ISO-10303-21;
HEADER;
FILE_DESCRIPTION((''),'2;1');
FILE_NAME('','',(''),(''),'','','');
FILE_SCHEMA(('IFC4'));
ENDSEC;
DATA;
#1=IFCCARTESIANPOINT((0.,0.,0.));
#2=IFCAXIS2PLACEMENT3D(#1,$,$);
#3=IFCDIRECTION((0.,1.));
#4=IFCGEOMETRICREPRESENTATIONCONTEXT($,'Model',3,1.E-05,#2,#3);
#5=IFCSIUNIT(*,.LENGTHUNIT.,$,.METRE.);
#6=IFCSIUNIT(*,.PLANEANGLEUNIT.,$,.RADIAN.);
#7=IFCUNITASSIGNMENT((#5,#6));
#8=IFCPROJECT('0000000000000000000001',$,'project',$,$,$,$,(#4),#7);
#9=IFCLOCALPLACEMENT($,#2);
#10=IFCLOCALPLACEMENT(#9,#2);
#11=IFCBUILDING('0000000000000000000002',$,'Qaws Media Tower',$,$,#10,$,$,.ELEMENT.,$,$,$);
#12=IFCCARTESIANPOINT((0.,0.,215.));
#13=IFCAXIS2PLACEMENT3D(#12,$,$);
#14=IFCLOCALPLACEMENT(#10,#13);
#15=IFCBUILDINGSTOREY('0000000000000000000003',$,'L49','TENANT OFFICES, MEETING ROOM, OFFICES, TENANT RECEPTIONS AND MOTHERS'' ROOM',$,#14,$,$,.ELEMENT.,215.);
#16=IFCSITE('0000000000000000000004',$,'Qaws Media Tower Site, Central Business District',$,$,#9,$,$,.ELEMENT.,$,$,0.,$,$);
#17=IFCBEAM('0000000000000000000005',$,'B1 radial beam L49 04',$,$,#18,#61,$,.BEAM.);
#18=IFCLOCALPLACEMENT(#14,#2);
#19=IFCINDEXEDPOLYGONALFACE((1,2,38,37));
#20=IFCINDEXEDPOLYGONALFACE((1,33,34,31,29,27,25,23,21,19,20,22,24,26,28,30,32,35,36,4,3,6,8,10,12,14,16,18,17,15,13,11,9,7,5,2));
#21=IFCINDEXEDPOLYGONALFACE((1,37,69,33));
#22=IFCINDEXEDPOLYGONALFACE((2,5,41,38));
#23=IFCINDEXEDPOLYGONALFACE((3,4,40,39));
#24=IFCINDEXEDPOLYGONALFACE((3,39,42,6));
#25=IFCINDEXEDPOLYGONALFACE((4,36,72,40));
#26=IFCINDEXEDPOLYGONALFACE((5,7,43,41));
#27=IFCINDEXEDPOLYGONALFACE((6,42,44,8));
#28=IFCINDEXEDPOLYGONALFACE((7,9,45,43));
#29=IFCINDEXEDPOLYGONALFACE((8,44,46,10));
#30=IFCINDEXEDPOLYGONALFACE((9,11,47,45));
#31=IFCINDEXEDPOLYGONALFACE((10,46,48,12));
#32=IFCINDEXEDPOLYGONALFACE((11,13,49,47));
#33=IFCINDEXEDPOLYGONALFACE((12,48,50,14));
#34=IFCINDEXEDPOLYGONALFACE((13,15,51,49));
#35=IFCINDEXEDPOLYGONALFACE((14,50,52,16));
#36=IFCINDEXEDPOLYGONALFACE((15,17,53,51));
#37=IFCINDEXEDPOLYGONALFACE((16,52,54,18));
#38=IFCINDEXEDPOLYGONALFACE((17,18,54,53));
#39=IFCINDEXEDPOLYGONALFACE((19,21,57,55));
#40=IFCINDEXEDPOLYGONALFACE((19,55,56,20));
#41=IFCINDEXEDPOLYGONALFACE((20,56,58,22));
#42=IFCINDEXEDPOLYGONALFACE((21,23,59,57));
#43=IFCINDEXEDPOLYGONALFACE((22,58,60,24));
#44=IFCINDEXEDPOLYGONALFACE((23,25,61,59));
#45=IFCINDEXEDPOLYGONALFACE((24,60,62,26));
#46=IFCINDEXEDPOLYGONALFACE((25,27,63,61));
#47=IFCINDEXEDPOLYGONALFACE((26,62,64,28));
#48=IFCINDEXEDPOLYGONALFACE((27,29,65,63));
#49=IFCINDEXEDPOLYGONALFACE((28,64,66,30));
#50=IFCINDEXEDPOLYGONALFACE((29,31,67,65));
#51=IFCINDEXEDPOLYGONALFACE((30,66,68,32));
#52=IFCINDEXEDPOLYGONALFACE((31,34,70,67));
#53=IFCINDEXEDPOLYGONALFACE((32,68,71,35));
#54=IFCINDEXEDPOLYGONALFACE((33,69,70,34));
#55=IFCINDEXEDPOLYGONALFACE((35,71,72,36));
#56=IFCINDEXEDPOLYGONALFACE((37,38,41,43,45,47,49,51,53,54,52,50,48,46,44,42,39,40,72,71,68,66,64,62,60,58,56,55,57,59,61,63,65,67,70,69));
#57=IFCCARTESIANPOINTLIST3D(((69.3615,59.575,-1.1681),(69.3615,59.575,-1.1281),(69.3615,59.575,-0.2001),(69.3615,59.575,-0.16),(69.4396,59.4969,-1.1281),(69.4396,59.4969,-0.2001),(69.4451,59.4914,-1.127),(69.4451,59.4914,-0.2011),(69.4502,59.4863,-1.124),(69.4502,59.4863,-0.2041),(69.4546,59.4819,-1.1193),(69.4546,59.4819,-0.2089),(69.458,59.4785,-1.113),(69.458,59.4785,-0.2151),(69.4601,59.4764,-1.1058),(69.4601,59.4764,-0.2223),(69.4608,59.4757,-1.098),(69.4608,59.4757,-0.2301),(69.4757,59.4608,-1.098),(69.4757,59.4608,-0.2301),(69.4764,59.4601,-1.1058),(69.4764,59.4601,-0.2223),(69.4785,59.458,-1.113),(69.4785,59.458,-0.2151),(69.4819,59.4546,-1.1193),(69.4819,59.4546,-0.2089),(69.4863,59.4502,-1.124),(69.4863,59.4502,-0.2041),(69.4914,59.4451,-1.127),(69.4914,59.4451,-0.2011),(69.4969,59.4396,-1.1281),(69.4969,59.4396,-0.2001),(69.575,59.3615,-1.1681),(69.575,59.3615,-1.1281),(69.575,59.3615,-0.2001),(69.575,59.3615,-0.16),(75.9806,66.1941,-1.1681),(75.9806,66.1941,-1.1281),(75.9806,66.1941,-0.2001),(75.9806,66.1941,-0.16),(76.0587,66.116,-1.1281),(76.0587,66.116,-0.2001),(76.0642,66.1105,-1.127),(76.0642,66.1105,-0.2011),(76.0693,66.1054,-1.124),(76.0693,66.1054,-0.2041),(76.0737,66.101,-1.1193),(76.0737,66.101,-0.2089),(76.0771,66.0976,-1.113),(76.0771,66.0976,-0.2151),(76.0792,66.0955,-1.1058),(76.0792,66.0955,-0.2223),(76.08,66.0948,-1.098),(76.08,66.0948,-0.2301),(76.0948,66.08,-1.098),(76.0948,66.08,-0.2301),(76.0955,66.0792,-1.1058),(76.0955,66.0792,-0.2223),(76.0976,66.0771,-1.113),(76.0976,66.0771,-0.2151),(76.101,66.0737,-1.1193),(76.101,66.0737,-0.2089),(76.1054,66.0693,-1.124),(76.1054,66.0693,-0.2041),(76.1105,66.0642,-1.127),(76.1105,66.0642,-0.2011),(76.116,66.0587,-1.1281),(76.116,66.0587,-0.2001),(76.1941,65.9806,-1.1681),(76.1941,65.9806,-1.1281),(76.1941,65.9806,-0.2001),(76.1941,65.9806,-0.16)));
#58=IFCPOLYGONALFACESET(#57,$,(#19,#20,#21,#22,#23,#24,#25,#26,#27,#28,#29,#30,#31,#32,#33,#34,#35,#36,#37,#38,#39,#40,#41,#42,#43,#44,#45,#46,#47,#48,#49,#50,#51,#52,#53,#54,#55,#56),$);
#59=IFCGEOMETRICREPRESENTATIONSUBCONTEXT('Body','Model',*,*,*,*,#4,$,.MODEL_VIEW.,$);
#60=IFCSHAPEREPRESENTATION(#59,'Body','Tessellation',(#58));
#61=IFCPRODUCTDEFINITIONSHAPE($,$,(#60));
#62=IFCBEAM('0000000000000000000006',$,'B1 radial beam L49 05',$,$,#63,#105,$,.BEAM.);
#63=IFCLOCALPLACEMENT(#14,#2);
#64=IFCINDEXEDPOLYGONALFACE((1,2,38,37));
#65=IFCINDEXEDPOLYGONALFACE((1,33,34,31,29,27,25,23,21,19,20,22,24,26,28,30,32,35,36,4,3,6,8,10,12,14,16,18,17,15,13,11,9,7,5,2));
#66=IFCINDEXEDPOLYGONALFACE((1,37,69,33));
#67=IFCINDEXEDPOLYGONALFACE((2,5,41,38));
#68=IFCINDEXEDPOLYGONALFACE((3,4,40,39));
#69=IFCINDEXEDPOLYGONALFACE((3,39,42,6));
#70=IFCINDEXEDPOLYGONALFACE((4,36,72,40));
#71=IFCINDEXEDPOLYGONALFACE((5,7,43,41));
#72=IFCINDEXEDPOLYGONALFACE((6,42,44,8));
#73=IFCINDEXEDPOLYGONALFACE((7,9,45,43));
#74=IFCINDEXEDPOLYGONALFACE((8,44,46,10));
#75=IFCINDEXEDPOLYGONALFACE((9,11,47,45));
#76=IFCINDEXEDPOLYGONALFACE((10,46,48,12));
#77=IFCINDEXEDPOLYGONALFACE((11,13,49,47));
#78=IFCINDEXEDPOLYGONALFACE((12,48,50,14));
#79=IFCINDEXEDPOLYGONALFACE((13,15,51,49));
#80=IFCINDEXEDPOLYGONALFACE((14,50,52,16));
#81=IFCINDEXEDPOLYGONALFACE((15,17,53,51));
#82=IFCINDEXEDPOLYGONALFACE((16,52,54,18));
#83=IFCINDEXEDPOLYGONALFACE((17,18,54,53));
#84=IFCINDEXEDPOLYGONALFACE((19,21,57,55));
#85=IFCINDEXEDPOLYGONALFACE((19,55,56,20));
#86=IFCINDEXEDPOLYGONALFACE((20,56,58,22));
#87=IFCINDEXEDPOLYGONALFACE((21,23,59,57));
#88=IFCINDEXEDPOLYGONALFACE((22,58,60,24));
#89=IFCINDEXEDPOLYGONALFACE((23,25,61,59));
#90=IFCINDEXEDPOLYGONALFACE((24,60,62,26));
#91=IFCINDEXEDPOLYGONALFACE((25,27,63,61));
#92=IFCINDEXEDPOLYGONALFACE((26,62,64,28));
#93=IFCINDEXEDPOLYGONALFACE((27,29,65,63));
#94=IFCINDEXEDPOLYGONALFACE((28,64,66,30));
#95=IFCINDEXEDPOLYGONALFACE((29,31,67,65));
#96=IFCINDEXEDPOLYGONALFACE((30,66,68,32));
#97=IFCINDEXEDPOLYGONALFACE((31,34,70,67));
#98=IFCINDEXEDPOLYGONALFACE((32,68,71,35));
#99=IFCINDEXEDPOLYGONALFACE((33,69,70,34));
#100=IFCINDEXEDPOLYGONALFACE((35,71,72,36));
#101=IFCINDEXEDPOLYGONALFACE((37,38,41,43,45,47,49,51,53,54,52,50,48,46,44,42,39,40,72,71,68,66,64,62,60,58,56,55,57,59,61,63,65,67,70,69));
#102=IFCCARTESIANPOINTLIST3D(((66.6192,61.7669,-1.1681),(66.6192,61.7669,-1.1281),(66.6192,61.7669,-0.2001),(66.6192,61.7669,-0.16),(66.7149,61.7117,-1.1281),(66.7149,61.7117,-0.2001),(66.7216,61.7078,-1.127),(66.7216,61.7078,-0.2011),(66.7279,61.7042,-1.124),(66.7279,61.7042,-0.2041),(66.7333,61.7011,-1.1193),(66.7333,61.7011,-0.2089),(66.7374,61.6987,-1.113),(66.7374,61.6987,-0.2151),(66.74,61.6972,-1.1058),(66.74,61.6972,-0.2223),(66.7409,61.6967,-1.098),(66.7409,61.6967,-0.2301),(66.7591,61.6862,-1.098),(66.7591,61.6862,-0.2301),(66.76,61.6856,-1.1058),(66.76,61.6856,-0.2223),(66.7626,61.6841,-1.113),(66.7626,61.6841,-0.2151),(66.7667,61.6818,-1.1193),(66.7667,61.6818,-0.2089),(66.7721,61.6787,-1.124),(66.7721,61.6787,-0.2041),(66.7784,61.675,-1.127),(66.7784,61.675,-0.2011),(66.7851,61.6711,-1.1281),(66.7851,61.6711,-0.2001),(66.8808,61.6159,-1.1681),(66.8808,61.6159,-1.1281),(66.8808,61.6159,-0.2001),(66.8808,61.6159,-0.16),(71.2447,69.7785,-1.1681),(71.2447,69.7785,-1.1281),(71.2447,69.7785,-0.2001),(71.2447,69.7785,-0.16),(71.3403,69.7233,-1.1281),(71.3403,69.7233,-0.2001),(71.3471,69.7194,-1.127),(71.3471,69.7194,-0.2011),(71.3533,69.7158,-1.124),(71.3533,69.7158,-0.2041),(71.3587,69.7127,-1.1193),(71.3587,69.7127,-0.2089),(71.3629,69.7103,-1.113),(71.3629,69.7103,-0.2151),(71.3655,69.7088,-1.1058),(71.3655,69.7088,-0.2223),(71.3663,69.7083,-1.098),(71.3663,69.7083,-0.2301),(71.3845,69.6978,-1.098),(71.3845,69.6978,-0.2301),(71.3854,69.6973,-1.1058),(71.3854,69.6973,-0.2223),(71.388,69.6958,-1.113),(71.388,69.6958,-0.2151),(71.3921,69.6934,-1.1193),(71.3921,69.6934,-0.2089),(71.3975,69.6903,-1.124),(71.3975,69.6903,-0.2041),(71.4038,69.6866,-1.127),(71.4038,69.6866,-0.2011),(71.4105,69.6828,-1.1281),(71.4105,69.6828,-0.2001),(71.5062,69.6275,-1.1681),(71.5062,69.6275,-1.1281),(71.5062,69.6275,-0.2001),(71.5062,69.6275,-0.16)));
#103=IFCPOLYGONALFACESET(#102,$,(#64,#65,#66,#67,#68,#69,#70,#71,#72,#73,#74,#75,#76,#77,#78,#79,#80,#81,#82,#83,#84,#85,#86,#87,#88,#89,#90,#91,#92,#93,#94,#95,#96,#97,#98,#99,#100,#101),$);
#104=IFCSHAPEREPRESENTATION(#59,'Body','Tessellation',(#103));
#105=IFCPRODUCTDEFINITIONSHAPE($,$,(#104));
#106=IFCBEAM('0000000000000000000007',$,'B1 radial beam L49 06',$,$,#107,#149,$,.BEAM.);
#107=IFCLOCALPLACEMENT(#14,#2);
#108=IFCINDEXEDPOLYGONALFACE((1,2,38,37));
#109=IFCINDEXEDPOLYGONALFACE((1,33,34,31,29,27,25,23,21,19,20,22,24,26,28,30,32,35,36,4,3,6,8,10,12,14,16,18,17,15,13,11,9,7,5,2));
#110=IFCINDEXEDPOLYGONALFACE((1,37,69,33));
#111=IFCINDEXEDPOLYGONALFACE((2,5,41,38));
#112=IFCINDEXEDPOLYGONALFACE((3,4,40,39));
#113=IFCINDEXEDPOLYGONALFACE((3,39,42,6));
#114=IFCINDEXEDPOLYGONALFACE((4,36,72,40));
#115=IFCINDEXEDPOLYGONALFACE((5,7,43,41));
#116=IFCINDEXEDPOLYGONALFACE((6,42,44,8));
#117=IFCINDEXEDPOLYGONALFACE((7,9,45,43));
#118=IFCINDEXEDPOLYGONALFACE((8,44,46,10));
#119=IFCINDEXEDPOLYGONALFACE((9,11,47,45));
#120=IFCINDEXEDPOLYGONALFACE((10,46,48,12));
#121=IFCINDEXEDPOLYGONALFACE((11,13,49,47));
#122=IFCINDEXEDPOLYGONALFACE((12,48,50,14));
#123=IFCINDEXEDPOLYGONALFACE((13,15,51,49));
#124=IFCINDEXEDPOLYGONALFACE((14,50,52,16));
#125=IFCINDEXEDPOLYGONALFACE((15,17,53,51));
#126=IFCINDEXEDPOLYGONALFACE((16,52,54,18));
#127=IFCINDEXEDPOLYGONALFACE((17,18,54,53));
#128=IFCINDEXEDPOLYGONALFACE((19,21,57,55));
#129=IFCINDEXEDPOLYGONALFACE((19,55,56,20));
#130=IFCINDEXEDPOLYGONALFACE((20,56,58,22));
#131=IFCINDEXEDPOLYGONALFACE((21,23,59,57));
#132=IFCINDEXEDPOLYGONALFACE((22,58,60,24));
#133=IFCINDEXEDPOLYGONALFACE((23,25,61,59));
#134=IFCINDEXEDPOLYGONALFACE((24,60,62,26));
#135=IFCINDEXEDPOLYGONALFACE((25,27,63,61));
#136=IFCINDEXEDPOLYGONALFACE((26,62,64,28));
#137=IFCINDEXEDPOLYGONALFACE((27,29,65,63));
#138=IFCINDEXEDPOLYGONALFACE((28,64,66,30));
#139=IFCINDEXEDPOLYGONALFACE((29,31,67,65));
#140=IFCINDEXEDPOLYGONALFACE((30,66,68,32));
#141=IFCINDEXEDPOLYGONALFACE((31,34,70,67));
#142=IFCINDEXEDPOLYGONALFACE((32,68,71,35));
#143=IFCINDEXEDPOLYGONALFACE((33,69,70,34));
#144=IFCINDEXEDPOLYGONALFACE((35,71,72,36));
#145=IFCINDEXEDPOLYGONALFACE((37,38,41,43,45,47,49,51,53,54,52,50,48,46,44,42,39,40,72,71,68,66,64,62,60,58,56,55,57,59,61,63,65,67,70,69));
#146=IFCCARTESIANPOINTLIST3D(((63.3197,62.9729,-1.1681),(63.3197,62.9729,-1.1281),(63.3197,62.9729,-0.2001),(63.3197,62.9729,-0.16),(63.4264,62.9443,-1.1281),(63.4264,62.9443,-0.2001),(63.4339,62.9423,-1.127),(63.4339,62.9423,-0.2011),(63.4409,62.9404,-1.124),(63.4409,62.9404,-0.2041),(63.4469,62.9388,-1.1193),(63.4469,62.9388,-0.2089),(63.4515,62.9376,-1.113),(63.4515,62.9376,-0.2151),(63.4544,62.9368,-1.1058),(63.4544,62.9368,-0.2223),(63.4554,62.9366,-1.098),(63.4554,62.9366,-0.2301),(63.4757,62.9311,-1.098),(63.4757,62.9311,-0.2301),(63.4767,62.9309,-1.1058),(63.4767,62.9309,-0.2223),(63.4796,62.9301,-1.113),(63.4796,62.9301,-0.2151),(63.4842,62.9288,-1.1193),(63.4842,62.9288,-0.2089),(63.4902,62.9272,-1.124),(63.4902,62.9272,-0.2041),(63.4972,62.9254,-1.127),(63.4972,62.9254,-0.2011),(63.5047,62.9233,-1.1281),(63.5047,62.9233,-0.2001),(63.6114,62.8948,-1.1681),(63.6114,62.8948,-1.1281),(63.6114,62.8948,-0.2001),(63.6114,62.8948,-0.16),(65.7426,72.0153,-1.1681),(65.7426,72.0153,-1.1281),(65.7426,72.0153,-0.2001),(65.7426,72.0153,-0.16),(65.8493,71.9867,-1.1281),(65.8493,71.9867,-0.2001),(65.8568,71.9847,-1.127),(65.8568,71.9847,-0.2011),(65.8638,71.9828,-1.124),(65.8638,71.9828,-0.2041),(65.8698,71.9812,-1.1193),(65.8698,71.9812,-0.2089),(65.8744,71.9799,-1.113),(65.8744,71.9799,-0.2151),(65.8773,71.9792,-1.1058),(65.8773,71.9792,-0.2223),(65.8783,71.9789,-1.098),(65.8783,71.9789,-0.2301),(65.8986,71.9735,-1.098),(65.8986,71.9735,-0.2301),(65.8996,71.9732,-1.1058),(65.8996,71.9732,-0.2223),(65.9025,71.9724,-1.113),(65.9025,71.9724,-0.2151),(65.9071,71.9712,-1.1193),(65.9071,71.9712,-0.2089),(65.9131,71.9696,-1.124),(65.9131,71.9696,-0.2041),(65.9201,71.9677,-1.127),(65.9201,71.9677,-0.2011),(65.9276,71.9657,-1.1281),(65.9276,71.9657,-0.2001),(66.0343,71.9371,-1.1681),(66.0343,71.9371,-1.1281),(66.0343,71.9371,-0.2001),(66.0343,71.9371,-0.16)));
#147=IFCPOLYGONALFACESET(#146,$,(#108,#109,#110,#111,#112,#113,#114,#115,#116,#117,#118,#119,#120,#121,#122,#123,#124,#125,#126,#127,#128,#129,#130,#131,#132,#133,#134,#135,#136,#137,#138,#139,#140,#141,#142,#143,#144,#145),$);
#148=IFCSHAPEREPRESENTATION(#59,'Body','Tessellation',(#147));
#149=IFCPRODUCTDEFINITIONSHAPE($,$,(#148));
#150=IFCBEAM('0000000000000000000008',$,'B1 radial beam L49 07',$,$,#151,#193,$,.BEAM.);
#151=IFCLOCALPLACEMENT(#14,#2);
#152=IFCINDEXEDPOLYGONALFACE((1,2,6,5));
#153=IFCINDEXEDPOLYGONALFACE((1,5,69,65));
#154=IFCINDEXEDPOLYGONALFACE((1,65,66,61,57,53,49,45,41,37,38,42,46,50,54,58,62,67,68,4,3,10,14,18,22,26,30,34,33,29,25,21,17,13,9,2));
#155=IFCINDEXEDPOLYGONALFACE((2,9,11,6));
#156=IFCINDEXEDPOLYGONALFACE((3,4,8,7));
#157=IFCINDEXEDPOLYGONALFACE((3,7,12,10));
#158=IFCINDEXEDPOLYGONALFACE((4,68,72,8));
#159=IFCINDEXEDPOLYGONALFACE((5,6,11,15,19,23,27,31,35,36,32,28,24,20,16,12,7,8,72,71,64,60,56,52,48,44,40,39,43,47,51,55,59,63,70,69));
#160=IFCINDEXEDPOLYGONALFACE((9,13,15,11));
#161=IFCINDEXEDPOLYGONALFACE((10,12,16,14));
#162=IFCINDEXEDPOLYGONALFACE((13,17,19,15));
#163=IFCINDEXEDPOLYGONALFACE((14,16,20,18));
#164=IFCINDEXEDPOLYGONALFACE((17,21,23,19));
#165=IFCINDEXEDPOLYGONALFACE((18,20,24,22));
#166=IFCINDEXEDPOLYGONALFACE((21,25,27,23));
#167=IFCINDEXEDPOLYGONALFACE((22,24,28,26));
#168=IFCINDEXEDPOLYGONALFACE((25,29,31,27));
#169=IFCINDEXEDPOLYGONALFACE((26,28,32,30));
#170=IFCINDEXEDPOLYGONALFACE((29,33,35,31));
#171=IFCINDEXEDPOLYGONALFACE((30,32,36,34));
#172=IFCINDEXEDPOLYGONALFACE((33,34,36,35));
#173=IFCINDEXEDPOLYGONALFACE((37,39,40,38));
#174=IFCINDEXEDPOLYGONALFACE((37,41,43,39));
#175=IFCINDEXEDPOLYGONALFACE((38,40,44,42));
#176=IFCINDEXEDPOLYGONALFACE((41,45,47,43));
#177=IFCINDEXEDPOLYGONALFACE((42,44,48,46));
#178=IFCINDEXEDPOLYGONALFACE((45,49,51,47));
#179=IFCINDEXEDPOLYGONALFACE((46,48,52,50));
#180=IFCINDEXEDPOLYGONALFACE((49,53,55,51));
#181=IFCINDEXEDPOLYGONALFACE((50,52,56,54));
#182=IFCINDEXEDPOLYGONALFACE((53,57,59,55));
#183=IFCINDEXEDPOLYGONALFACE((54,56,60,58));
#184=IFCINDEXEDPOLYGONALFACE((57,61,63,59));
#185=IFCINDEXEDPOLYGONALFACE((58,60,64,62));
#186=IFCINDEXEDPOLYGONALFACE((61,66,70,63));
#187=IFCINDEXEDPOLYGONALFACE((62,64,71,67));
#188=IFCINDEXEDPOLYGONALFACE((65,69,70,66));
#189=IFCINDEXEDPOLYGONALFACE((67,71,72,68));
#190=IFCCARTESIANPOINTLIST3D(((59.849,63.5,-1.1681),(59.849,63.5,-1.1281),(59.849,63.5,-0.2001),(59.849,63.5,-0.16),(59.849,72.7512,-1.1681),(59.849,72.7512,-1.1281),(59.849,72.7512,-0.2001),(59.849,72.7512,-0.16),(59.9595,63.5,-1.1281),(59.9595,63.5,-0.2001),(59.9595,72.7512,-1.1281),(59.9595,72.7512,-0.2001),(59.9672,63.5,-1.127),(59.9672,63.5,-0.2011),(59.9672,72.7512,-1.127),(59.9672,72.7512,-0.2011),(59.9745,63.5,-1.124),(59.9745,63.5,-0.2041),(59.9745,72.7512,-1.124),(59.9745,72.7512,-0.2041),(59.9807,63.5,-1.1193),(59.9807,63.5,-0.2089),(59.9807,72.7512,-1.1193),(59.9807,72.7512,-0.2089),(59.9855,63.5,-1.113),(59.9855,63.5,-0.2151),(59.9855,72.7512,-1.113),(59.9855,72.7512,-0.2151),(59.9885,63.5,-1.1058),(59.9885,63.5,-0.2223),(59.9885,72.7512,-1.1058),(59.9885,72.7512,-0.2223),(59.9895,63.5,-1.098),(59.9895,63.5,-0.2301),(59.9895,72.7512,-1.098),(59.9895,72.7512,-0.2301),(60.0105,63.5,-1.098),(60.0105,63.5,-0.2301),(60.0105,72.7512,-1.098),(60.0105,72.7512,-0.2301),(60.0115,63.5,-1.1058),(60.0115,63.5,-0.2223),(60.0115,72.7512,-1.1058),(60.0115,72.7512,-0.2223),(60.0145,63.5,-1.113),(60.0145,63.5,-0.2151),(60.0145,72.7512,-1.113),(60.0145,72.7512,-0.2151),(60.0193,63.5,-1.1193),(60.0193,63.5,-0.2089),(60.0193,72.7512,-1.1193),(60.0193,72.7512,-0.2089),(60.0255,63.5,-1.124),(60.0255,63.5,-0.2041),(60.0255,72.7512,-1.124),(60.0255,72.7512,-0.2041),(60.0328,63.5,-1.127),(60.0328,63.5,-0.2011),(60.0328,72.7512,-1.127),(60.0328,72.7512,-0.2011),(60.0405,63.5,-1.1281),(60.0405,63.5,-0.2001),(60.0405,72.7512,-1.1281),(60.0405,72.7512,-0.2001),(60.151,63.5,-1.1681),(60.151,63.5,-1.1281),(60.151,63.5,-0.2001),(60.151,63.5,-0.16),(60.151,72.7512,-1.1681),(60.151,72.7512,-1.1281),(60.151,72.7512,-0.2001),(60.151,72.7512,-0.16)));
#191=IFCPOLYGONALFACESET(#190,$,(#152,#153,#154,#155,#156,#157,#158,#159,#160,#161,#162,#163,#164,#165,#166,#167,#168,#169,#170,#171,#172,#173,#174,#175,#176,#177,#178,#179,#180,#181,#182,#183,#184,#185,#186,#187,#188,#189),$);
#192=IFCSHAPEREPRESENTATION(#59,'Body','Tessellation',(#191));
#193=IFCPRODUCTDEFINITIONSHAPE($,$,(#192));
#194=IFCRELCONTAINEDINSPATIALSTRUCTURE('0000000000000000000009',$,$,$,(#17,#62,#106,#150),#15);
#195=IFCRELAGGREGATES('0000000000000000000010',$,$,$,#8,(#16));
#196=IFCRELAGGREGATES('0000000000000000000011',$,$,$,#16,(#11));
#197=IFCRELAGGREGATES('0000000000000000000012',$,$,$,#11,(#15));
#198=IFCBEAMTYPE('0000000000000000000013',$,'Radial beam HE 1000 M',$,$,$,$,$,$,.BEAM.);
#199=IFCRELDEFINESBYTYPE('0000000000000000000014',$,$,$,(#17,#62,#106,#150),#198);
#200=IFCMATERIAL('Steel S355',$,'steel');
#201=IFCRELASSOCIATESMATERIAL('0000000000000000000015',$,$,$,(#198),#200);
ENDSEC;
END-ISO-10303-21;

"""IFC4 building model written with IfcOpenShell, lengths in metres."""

from ifc_helpers import new_model, si_unit, direction, frame, origin, origin_2d, place, context, subcontext, project, spatial, i_section, extrude, material, material_profile, profile_set, type_object, element, save


model = new_model("IFC4")

# Units and contexts
model_context = context("Model", 3, precision=1e-05, world=origin(), true_north=direction((0.0, 1.0)))
body_context = subcontext(model_context, "Body", "Model", "MODEL_VIEW")
ifc_project = project(units=[si_unit("LENGTHUNIT", "METRE"), si_unit("PLANEANGLEUNIT", "RADIAN")], contexts=[model_context])

# Site, building, storey
site_placement = place(None, origin())
site = spatial("IfcSite", under=ifc_project, at=site_placement, Name="Qaws Media Tower Site, Central Business District", CompositionType="ELEMENT", RefElevation=0.0)
building_placement = place(site_placement, origin())
building = spatial("IfcBuilding", under=site, at=building_placement, Name="Qaws Media Tower", CompositionType="ELEMENT")
storey_placement = place(building_placement, frame((0.0, 0.0, 215.0)))
storey = spatial("IfcBuildingStorey", under=building, at=storey_placement, Name="L49", Description="TENANT OFFICES, MEETING ROOM, OFFICES, TENANT RECEPTIONS AND MOTHERS' ROOM", CompositionType="ELEMENT", Elevation=215.0)

# Beams
ifc_material_1 = material(Name="Steel S355", Category="steel")
ifc_material_profile_1 = material_profile(ifc_material_1, i_section(OverallWidth=0.302, OverallDepth=1.0081, WebThickness=0.021, FlangeThickness=0.04, FilletRadius=0.03, at=origin_2d()), Name="HE 1000 M")
ifc_profile_set_1 = profile_set([ifc_material_profile_1], Name="Steel S355")
beam_type_1 = type_object("IfcBeamType", Name="Radial beam HE 1000 M", PredefinedType="BEAM", material=ifc_profile_set_1)
beam_1_placement = place(storey_placement, frame((69.4683, 59.4683, -0.6641), z_axis=(0.707107, 0.707107, 0.0), x_axis=(-0.707107, 0.707107, 0.0)))
element("IfcBeam", 1, at=beam_1_placement, inside=storey, type_object=beam_type_1, Name="B1 radial beam L49 04", PredefinedType="BEAM", context=body_context, shape_type="SweptSolid", body=[
    extrude(i_section(OverallWidth=0.302, OverallDepth=1.0081, WebThickness=0.021, FlangeThickness=0.04, FilletRadius=0.03, at=origin_2d()), origin(), (0.0, 0.0, 1.0), 9.3608),
])
beam_2_placement = place(storey_placement, frame((66.75, 61.6914, -0.6641), z_axis=(0.499994, 0.866029, 0.0), x_axis=(-0.866029, 0.499994, 0.0)))
element("IfcBeam", 2, at=beam_2_placement, inside=storey, type_object=beam_type_1, Name="B1 radial beam L49 05", PredefinedType="BEAM", context=body_context, shape_type="SweptSolid", body=[
    extrude(i_section(OverallWidth=0.302, OverallDepth=1.0081, WebThickness=0.021, FlangeThickness=0.04, FilletRadius=0.03, at=origin_2d()), origin(), (0.0, 0.0, 1.0), 9.251),
])
beam_3_placement = place(storey_placement, frame((63.4656, 62.9338, -0.6641), z_axis=(0.258818, 0.965926, 0.0), x_axis=(-0.965926, 0.258818, 0.0)))
element("IfcBeam", 3, at=beam_3_placement, inside=storey, type_object=beam_type_1, Name="B1 radial beam L49 06", PredefinedType="BEAM", context=body_context, shape_type="SweptSolid", body=[
    extrude(i_section(OverallWidth=0.302, OverallDepth=1.0081, WebThickness=0.021, FlangeThickness=0.04, FilletRadius=0.03, at=origin_2d()), origin(), (0.0, 0.0, 1.0), 9.3613),
])
beam_4_placement = place(storey_placement, frame((60.0, 63.5, -0.6641), z_axis=(0.0, 1.0, 0.0), x_axis=(-1.0, 0.0, 0.0)))
element("IfcBeam", 4, at=beam_4_placement, inside=storey, type_object=beam_type_1, Name="B1 radial beam L49 07", PredefinedType="BEAM", context=body_context, shape_type="SweptSolid", body=[
    extrude(i_section(OverallWidth=0.302, OverallDepth=1.0081, WebThickness=0.021, FlangeThickness=0.04, FilletRadius=0.03, at=origin_2d()), origin(), (0.0, 0.0, 1.0), 9.2512),
])

save(model, "model.ifc")
